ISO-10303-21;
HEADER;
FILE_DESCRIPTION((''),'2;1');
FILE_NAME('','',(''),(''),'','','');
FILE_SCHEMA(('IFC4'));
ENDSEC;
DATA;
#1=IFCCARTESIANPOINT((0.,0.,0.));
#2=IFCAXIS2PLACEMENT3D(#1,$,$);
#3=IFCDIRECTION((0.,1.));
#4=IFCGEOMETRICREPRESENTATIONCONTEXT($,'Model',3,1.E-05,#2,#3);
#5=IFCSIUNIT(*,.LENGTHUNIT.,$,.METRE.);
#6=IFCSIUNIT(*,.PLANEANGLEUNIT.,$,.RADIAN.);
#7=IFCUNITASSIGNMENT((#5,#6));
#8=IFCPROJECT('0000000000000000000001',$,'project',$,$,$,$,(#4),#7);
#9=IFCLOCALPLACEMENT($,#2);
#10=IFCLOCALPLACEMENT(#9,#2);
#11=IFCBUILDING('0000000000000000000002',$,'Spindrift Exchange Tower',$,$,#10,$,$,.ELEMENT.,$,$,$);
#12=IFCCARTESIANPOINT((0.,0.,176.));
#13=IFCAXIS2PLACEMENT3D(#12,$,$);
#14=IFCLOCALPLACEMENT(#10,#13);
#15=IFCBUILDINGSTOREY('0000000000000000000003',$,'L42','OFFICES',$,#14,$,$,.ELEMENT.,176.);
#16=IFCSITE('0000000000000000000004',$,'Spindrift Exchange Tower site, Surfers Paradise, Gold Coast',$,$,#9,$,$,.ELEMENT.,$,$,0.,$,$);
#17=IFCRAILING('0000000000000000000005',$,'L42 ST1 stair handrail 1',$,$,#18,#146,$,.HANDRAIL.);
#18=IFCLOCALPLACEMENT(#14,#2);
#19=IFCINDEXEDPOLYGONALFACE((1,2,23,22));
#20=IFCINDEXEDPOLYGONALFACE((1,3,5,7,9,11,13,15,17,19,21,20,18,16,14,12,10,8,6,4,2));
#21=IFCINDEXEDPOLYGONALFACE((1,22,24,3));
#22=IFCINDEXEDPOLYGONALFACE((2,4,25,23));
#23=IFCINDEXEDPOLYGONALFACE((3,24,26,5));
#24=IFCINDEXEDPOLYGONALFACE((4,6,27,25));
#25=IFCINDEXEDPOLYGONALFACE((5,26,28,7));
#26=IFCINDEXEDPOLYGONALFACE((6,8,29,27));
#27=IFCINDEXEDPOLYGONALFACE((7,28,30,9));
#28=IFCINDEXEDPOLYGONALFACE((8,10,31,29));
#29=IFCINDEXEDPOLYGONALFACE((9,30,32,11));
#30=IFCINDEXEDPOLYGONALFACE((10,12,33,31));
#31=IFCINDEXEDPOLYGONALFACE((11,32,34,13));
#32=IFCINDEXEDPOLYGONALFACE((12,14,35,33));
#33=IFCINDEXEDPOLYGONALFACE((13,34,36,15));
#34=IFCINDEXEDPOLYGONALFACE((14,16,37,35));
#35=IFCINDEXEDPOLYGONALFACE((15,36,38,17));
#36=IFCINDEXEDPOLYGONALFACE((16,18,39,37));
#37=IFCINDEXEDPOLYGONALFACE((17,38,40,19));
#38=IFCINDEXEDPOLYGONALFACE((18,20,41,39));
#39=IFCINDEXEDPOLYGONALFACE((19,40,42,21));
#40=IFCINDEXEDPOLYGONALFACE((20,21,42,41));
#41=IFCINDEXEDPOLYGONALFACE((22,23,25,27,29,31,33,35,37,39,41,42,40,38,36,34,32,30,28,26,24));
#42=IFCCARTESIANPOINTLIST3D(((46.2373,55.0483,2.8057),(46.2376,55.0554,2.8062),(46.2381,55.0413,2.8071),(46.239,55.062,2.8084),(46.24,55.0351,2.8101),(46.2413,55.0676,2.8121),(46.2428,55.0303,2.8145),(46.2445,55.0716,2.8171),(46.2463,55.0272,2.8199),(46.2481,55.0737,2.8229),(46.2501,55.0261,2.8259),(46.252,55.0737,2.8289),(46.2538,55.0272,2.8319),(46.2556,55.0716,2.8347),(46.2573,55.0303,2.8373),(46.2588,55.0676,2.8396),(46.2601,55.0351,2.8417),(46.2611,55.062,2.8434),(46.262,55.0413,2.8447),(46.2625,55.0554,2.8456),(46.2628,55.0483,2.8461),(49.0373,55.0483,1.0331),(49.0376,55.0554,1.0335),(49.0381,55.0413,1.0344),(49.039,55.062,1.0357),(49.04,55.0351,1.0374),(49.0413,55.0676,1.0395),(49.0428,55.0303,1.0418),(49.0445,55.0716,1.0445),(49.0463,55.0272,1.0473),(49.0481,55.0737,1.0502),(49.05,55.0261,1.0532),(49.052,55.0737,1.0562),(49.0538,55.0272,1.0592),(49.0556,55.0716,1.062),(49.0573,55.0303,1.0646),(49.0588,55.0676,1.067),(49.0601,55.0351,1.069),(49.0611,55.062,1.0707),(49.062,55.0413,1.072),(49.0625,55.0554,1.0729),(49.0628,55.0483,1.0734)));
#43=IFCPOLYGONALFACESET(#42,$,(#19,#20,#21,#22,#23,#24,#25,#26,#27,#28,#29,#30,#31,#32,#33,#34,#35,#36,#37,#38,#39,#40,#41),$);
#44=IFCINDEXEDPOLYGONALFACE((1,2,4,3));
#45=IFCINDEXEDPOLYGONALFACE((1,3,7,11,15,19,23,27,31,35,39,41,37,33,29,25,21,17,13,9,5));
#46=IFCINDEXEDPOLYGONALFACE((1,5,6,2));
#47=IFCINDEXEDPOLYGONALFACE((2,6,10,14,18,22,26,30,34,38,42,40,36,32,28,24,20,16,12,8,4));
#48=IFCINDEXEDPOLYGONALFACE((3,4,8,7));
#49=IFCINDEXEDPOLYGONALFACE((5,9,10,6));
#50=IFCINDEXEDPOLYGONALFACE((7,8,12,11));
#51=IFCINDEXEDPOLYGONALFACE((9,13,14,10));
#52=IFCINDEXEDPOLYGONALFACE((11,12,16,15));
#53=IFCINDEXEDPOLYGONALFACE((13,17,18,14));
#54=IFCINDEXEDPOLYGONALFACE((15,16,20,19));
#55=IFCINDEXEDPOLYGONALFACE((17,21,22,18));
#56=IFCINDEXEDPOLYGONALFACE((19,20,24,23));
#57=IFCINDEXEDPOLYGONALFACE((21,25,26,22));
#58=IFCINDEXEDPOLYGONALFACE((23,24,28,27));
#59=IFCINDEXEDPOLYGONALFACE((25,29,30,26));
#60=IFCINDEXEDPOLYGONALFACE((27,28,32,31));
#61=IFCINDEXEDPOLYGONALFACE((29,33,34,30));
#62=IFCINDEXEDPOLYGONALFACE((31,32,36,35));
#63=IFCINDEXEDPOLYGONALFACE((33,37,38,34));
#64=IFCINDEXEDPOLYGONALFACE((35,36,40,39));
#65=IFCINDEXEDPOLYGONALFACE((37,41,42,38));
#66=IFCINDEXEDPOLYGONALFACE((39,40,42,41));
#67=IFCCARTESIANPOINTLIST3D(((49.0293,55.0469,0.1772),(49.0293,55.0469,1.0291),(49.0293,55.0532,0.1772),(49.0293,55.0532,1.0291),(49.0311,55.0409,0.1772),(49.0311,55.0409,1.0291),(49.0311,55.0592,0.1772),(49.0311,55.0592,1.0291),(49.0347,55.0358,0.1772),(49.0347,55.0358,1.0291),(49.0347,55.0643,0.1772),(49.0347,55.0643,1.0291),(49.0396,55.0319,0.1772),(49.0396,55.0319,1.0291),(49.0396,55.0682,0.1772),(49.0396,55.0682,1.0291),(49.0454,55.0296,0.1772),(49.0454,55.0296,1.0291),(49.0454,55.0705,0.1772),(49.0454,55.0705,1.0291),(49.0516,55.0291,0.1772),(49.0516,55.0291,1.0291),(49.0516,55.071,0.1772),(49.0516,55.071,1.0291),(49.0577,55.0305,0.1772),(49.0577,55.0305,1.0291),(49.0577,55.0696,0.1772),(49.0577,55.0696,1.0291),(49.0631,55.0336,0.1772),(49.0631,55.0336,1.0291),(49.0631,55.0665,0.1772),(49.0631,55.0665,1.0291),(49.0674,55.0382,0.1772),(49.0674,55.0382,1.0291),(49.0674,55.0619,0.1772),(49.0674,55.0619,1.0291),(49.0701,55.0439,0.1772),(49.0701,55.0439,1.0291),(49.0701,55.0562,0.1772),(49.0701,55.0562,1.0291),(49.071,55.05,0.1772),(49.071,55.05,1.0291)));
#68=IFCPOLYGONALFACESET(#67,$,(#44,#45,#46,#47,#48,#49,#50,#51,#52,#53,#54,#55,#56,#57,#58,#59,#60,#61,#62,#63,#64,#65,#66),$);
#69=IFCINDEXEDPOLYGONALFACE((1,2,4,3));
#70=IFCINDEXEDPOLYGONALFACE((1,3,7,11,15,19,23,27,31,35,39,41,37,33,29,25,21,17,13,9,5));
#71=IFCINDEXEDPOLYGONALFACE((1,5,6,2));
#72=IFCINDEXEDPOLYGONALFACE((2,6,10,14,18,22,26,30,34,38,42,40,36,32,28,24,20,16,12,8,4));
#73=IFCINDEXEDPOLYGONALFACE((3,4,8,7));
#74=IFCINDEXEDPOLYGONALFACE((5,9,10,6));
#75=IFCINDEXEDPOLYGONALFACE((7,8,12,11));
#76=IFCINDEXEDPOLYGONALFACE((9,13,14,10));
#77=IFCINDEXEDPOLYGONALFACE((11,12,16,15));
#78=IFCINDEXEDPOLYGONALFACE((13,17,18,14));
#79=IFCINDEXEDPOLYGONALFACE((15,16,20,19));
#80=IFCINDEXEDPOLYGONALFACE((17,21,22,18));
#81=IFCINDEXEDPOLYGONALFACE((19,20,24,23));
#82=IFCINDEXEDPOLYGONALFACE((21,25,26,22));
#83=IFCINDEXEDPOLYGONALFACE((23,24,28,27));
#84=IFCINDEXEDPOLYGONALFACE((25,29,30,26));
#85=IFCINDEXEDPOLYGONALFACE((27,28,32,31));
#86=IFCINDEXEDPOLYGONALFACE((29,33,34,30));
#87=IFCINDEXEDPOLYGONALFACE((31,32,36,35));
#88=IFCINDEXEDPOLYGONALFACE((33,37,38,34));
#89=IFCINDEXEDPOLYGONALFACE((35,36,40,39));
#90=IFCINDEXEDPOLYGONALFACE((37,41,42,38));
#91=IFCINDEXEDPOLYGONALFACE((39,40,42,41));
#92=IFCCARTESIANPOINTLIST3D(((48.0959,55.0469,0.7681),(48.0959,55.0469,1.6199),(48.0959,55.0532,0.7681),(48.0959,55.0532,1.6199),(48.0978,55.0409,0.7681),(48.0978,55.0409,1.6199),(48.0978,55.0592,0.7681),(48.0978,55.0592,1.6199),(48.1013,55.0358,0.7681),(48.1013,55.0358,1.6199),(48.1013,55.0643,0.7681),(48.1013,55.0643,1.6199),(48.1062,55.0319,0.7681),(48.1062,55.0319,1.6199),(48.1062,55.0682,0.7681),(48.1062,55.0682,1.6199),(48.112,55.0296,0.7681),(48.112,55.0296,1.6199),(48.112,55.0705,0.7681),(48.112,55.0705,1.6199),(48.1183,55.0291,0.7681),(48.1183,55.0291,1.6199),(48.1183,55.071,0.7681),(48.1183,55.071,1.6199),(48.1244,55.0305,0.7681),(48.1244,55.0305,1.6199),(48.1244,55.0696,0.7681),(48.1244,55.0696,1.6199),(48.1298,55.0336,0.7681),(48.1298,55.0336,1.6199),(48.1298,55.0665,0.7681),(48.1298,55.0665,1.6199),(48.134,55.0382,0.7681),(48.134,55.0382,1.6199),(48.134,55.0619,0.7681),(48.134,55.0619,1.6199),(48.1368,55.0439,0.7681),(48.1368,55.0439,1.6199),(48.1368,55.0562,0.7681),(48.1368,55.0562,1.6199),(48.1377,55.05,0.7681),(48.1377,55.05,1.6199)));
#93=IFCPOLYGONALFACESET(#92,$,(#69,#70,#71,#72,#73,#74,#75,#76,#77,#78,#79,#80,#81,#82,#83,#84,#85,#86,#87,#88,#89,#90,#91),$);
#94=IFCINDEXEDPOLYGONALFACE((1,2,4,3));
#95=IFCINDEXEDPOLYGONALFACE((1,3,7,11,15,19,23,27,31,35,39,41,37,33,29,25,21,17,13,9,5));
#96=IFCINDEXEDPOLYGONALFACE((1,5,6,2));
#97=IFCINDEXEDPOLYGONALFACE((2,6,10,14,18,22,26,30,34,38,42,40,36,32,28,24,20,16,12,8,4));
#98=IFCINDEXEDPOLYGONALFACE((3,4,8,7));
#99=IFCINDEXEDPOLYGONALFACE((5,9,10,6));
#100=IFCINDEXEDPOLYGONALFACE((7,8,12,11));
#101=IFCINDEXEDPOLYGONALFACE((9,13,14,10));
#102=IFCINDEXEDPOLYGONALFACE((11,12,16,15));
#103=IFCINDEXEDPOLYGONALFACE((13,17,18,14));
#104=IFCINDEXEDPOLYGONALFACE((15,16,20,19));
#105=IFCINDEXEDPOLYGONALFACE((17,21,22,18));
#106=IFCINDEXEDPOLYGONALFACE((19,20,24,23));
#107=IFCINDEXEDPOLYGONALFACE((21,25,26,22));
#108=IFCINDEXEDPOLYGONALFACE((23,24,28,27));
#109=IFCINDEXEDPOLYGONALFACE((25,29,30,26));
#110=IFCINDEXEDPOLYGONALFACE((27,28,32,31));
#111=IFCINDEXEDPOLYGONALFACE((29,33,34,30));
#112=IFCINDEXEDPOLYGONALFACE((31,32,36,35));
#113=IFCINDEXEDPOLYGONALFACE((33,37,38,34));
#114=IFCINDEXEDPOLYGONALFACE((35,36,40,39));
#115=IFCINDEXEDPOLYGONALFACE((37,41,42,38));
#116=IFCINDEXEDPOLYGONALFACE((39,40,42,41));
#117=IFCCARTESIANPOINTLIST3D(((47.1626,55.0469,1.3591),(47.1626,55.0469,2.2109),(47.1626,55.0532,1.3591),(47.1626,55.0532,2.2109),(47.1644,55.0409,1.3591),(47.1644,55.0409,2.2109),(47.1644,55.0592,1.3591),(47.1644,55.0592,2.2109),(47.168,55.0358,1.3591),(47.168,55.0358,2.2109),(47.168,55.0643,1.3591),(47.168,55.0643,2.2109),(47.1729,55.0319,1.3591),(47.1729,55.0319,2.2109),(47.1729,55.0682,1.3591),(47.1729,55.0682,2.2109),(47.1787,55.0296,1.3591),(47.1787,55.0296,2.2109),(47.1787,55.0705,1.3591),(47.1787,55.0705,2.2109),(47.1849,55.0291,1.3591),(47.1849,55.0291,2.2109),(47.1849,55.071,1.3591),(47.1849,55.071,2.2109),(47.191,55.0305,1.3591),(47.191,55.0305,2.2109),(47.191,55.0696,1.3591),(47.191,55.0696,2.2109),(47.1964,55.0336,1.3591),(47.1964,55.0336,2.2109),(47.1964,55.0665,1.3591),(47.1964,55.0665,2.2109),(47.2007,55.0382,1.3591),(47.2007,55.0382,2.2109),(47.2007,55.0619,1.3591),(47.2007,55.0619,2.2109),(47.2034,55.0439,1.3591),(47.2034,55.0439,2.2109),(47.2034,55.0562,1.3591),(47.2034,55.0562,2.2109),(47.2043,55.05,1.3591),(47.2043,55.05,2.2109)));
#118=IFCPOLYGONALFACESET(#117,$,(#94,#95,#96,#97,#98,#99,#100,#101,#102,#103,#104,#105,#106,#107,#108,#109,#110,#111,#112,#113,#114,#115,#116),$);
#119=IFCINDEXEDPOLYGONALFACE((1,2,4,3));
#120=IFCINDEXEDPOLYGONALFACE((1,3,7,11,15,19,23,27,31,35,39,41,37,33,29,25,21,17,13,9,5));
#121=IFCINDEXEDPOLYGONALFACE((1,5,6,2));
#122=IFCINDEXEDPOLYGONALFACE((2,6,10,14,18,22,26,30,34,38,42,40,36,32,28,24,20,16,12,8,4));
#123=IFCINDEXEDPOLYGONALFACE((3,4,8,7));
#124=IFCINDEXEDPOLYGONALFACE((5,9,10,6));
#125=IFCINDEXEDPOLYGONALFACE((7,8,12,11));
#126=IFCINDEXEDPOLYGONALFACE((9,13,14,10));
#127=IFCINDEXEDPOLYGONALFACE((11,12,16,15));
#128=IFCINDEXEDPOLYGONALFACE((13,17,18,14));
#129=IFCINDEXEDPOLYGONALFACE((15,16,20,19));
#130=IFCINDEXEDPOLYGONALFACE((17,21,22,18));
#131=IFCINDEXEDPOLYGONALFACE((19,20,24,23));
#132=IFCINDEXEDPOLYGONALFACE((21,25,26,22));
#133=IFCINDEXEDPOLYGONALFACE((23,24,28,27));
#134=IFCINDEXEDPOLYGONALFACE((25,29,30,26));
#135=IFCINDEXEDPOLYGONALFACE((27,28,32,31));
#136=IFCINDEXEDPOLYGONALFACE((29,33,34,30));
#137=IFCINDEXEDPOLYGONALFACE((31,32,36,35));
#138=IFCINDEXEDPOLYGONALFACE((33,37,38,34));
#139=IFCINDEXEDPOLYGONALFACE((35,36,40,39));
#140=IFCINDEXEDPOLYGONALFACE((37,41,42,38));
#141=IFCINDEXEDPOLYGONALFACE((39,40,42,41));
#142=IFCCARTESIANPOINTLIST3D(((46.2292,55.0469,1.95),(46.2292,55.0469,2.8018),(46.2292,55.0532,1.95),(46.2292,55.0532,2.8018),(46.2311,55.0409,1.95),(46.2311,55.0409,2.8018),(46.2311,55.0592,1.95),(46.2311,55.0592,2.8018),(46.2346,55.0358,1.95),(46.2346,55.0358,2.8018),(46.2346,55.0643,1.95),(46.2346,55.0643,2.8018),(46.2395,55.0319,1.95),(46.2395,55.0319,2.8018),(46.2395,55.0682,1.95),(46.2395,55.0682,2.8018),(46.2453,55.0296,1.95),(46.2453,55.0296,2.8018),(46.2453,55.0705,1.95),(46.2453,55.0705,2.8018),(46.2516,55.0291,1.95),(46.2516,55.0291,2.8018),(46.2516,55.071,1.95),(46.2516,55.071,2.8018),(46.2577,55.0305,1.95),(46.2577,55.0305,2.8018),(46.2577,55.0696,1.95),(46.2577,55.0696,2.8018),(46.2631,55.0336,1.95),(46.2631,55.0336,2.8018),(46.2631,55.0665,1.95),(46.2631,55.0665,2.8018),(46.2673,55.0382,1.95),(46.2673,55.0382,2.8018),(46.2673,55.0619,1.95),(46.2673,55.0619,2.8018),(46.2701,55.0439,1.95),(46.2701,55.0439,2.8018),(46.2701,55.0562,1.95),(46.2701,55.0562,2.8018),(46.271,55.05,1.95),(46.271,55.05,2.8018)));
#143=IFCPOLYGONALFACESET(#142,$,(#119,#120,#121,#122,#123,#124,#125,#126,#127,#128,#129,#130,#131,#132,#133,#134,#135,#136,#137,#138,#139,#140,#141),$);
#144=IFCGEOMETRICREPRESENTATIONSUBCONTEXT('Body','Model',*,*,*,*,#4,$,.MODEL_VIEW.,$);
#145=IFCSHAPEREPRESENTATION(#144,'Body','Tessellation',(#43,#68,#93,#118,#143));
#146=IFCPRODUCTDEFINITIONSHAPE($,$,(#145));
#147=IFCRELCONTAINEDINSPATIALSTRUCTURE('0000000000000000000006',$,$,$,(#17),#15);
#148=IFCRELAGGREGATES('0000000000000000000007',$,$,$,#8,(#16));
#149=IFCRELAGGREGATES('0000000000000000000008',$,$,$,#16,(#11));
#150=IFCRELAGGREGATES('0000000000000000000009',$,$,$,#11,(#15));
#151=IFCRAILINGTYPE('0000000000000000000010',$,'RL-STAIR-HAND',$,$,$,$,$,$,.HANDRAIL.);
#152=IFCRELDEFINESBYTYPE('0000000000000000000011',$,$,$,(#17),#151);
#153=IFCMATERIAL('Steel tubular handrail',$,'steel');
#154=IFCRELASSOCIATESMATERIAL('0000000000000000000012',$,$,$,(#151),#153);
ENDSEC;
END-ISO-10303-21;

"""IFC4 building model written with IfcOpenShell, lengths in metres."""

from ifc_helpers import new_model, si_unit, direction, frame, origin, origin_2d, place, context, subcontext, project, spatial, circle, extrude, material, type_object, element, save


model = new_model("IFC4")

# Units and contexts
model_context = context("Model", 3, precision=1e-05, world=origin(), true_north=direction((0.0, 1.0)))
body_context = subcontext(model_context, "Body", "Model", "MODEL_VIEW")
ifc_project = project(units=[si_unit("LENGTHUNIT", "METRE"), si_unit("PLANEANGLEUNIT", "RADIAN")], contexts=[model_context])

# Site, building, storey
site_placement = place(None, origin())
site = spatial("IfcSite", under=ifc_project, at=site_placement, Name="Spindrift Exchange Tower site, Surfers Paradise, Gold Coast", CompositionType="ELEMENT", RefElevation=0.0)
building_placement = place(site_placement, origin())
building = spatial("IfcBuilding", under=site, at=building_placement, Name="Spindrift Exchange Tower", CompositionType="ELEMENT")
storey_placement = place(building_placement, frame((0.0, 0.0, 176.0)))
storey = spatial("IfcBuildingStorey", under=building, at=storey_placement, Name="L42", Description="OFFICES", CompositionType="ELEMENT", Elevation=176.0)

# Railing
ifc_material_1 = material(Name="Steel tubular handrail", Category="steel")
railing_type_1 = type_object("IfcRailingType", Name="RL-STAIR-HAND", PredefinedType="HANDRAIL", material=ifc_material_1)
railing_1_placement = place(storey_placement, frame((49.05, 55.05, 0.1772)))
element("IfcRailing", 1, at=railing_1_placement, inside=storey, type_object=railing_type_1, Name="L42 ST1 stair handrail 1", PredefinedType="HANDRAIL", context=body_context, shape_type="SweptSolid", body=[
    extrude(circle(Radius=0.0239, at=origin_2d()), frame((0.0, 0.0, 0.876), z_axis=(-0.844909, 0.0, 0.53491), x_axis=(0.0, -1.0, 0.0)), (0.0, 0.0, 1.0), 3.314),
    extrude(circle(Radius=0.021, at=origin_2d()), origin(), (0.0, 0.0, 1.0), 0.8518),
    extrude(circle(Radius=0.021, at=origin_2d()), frame((-0.9333, 0.0, 0.5908)), (0.0, 0.0, 1.0), 0.8518),
    extrude(circle(Radius=0.021, at=origin_2d()), frame((-1.8667, 0.0, 1.1819)), (0.0, 0.0, 1.0), 0.8518),
    extrude(circle(Radius=0.021, at=origin_2d()), frame((-2.8, 0.0, 1.7727)), (0.0, 0.0, 1.0), 0.8518),
])

save(model, "model.ifc")
